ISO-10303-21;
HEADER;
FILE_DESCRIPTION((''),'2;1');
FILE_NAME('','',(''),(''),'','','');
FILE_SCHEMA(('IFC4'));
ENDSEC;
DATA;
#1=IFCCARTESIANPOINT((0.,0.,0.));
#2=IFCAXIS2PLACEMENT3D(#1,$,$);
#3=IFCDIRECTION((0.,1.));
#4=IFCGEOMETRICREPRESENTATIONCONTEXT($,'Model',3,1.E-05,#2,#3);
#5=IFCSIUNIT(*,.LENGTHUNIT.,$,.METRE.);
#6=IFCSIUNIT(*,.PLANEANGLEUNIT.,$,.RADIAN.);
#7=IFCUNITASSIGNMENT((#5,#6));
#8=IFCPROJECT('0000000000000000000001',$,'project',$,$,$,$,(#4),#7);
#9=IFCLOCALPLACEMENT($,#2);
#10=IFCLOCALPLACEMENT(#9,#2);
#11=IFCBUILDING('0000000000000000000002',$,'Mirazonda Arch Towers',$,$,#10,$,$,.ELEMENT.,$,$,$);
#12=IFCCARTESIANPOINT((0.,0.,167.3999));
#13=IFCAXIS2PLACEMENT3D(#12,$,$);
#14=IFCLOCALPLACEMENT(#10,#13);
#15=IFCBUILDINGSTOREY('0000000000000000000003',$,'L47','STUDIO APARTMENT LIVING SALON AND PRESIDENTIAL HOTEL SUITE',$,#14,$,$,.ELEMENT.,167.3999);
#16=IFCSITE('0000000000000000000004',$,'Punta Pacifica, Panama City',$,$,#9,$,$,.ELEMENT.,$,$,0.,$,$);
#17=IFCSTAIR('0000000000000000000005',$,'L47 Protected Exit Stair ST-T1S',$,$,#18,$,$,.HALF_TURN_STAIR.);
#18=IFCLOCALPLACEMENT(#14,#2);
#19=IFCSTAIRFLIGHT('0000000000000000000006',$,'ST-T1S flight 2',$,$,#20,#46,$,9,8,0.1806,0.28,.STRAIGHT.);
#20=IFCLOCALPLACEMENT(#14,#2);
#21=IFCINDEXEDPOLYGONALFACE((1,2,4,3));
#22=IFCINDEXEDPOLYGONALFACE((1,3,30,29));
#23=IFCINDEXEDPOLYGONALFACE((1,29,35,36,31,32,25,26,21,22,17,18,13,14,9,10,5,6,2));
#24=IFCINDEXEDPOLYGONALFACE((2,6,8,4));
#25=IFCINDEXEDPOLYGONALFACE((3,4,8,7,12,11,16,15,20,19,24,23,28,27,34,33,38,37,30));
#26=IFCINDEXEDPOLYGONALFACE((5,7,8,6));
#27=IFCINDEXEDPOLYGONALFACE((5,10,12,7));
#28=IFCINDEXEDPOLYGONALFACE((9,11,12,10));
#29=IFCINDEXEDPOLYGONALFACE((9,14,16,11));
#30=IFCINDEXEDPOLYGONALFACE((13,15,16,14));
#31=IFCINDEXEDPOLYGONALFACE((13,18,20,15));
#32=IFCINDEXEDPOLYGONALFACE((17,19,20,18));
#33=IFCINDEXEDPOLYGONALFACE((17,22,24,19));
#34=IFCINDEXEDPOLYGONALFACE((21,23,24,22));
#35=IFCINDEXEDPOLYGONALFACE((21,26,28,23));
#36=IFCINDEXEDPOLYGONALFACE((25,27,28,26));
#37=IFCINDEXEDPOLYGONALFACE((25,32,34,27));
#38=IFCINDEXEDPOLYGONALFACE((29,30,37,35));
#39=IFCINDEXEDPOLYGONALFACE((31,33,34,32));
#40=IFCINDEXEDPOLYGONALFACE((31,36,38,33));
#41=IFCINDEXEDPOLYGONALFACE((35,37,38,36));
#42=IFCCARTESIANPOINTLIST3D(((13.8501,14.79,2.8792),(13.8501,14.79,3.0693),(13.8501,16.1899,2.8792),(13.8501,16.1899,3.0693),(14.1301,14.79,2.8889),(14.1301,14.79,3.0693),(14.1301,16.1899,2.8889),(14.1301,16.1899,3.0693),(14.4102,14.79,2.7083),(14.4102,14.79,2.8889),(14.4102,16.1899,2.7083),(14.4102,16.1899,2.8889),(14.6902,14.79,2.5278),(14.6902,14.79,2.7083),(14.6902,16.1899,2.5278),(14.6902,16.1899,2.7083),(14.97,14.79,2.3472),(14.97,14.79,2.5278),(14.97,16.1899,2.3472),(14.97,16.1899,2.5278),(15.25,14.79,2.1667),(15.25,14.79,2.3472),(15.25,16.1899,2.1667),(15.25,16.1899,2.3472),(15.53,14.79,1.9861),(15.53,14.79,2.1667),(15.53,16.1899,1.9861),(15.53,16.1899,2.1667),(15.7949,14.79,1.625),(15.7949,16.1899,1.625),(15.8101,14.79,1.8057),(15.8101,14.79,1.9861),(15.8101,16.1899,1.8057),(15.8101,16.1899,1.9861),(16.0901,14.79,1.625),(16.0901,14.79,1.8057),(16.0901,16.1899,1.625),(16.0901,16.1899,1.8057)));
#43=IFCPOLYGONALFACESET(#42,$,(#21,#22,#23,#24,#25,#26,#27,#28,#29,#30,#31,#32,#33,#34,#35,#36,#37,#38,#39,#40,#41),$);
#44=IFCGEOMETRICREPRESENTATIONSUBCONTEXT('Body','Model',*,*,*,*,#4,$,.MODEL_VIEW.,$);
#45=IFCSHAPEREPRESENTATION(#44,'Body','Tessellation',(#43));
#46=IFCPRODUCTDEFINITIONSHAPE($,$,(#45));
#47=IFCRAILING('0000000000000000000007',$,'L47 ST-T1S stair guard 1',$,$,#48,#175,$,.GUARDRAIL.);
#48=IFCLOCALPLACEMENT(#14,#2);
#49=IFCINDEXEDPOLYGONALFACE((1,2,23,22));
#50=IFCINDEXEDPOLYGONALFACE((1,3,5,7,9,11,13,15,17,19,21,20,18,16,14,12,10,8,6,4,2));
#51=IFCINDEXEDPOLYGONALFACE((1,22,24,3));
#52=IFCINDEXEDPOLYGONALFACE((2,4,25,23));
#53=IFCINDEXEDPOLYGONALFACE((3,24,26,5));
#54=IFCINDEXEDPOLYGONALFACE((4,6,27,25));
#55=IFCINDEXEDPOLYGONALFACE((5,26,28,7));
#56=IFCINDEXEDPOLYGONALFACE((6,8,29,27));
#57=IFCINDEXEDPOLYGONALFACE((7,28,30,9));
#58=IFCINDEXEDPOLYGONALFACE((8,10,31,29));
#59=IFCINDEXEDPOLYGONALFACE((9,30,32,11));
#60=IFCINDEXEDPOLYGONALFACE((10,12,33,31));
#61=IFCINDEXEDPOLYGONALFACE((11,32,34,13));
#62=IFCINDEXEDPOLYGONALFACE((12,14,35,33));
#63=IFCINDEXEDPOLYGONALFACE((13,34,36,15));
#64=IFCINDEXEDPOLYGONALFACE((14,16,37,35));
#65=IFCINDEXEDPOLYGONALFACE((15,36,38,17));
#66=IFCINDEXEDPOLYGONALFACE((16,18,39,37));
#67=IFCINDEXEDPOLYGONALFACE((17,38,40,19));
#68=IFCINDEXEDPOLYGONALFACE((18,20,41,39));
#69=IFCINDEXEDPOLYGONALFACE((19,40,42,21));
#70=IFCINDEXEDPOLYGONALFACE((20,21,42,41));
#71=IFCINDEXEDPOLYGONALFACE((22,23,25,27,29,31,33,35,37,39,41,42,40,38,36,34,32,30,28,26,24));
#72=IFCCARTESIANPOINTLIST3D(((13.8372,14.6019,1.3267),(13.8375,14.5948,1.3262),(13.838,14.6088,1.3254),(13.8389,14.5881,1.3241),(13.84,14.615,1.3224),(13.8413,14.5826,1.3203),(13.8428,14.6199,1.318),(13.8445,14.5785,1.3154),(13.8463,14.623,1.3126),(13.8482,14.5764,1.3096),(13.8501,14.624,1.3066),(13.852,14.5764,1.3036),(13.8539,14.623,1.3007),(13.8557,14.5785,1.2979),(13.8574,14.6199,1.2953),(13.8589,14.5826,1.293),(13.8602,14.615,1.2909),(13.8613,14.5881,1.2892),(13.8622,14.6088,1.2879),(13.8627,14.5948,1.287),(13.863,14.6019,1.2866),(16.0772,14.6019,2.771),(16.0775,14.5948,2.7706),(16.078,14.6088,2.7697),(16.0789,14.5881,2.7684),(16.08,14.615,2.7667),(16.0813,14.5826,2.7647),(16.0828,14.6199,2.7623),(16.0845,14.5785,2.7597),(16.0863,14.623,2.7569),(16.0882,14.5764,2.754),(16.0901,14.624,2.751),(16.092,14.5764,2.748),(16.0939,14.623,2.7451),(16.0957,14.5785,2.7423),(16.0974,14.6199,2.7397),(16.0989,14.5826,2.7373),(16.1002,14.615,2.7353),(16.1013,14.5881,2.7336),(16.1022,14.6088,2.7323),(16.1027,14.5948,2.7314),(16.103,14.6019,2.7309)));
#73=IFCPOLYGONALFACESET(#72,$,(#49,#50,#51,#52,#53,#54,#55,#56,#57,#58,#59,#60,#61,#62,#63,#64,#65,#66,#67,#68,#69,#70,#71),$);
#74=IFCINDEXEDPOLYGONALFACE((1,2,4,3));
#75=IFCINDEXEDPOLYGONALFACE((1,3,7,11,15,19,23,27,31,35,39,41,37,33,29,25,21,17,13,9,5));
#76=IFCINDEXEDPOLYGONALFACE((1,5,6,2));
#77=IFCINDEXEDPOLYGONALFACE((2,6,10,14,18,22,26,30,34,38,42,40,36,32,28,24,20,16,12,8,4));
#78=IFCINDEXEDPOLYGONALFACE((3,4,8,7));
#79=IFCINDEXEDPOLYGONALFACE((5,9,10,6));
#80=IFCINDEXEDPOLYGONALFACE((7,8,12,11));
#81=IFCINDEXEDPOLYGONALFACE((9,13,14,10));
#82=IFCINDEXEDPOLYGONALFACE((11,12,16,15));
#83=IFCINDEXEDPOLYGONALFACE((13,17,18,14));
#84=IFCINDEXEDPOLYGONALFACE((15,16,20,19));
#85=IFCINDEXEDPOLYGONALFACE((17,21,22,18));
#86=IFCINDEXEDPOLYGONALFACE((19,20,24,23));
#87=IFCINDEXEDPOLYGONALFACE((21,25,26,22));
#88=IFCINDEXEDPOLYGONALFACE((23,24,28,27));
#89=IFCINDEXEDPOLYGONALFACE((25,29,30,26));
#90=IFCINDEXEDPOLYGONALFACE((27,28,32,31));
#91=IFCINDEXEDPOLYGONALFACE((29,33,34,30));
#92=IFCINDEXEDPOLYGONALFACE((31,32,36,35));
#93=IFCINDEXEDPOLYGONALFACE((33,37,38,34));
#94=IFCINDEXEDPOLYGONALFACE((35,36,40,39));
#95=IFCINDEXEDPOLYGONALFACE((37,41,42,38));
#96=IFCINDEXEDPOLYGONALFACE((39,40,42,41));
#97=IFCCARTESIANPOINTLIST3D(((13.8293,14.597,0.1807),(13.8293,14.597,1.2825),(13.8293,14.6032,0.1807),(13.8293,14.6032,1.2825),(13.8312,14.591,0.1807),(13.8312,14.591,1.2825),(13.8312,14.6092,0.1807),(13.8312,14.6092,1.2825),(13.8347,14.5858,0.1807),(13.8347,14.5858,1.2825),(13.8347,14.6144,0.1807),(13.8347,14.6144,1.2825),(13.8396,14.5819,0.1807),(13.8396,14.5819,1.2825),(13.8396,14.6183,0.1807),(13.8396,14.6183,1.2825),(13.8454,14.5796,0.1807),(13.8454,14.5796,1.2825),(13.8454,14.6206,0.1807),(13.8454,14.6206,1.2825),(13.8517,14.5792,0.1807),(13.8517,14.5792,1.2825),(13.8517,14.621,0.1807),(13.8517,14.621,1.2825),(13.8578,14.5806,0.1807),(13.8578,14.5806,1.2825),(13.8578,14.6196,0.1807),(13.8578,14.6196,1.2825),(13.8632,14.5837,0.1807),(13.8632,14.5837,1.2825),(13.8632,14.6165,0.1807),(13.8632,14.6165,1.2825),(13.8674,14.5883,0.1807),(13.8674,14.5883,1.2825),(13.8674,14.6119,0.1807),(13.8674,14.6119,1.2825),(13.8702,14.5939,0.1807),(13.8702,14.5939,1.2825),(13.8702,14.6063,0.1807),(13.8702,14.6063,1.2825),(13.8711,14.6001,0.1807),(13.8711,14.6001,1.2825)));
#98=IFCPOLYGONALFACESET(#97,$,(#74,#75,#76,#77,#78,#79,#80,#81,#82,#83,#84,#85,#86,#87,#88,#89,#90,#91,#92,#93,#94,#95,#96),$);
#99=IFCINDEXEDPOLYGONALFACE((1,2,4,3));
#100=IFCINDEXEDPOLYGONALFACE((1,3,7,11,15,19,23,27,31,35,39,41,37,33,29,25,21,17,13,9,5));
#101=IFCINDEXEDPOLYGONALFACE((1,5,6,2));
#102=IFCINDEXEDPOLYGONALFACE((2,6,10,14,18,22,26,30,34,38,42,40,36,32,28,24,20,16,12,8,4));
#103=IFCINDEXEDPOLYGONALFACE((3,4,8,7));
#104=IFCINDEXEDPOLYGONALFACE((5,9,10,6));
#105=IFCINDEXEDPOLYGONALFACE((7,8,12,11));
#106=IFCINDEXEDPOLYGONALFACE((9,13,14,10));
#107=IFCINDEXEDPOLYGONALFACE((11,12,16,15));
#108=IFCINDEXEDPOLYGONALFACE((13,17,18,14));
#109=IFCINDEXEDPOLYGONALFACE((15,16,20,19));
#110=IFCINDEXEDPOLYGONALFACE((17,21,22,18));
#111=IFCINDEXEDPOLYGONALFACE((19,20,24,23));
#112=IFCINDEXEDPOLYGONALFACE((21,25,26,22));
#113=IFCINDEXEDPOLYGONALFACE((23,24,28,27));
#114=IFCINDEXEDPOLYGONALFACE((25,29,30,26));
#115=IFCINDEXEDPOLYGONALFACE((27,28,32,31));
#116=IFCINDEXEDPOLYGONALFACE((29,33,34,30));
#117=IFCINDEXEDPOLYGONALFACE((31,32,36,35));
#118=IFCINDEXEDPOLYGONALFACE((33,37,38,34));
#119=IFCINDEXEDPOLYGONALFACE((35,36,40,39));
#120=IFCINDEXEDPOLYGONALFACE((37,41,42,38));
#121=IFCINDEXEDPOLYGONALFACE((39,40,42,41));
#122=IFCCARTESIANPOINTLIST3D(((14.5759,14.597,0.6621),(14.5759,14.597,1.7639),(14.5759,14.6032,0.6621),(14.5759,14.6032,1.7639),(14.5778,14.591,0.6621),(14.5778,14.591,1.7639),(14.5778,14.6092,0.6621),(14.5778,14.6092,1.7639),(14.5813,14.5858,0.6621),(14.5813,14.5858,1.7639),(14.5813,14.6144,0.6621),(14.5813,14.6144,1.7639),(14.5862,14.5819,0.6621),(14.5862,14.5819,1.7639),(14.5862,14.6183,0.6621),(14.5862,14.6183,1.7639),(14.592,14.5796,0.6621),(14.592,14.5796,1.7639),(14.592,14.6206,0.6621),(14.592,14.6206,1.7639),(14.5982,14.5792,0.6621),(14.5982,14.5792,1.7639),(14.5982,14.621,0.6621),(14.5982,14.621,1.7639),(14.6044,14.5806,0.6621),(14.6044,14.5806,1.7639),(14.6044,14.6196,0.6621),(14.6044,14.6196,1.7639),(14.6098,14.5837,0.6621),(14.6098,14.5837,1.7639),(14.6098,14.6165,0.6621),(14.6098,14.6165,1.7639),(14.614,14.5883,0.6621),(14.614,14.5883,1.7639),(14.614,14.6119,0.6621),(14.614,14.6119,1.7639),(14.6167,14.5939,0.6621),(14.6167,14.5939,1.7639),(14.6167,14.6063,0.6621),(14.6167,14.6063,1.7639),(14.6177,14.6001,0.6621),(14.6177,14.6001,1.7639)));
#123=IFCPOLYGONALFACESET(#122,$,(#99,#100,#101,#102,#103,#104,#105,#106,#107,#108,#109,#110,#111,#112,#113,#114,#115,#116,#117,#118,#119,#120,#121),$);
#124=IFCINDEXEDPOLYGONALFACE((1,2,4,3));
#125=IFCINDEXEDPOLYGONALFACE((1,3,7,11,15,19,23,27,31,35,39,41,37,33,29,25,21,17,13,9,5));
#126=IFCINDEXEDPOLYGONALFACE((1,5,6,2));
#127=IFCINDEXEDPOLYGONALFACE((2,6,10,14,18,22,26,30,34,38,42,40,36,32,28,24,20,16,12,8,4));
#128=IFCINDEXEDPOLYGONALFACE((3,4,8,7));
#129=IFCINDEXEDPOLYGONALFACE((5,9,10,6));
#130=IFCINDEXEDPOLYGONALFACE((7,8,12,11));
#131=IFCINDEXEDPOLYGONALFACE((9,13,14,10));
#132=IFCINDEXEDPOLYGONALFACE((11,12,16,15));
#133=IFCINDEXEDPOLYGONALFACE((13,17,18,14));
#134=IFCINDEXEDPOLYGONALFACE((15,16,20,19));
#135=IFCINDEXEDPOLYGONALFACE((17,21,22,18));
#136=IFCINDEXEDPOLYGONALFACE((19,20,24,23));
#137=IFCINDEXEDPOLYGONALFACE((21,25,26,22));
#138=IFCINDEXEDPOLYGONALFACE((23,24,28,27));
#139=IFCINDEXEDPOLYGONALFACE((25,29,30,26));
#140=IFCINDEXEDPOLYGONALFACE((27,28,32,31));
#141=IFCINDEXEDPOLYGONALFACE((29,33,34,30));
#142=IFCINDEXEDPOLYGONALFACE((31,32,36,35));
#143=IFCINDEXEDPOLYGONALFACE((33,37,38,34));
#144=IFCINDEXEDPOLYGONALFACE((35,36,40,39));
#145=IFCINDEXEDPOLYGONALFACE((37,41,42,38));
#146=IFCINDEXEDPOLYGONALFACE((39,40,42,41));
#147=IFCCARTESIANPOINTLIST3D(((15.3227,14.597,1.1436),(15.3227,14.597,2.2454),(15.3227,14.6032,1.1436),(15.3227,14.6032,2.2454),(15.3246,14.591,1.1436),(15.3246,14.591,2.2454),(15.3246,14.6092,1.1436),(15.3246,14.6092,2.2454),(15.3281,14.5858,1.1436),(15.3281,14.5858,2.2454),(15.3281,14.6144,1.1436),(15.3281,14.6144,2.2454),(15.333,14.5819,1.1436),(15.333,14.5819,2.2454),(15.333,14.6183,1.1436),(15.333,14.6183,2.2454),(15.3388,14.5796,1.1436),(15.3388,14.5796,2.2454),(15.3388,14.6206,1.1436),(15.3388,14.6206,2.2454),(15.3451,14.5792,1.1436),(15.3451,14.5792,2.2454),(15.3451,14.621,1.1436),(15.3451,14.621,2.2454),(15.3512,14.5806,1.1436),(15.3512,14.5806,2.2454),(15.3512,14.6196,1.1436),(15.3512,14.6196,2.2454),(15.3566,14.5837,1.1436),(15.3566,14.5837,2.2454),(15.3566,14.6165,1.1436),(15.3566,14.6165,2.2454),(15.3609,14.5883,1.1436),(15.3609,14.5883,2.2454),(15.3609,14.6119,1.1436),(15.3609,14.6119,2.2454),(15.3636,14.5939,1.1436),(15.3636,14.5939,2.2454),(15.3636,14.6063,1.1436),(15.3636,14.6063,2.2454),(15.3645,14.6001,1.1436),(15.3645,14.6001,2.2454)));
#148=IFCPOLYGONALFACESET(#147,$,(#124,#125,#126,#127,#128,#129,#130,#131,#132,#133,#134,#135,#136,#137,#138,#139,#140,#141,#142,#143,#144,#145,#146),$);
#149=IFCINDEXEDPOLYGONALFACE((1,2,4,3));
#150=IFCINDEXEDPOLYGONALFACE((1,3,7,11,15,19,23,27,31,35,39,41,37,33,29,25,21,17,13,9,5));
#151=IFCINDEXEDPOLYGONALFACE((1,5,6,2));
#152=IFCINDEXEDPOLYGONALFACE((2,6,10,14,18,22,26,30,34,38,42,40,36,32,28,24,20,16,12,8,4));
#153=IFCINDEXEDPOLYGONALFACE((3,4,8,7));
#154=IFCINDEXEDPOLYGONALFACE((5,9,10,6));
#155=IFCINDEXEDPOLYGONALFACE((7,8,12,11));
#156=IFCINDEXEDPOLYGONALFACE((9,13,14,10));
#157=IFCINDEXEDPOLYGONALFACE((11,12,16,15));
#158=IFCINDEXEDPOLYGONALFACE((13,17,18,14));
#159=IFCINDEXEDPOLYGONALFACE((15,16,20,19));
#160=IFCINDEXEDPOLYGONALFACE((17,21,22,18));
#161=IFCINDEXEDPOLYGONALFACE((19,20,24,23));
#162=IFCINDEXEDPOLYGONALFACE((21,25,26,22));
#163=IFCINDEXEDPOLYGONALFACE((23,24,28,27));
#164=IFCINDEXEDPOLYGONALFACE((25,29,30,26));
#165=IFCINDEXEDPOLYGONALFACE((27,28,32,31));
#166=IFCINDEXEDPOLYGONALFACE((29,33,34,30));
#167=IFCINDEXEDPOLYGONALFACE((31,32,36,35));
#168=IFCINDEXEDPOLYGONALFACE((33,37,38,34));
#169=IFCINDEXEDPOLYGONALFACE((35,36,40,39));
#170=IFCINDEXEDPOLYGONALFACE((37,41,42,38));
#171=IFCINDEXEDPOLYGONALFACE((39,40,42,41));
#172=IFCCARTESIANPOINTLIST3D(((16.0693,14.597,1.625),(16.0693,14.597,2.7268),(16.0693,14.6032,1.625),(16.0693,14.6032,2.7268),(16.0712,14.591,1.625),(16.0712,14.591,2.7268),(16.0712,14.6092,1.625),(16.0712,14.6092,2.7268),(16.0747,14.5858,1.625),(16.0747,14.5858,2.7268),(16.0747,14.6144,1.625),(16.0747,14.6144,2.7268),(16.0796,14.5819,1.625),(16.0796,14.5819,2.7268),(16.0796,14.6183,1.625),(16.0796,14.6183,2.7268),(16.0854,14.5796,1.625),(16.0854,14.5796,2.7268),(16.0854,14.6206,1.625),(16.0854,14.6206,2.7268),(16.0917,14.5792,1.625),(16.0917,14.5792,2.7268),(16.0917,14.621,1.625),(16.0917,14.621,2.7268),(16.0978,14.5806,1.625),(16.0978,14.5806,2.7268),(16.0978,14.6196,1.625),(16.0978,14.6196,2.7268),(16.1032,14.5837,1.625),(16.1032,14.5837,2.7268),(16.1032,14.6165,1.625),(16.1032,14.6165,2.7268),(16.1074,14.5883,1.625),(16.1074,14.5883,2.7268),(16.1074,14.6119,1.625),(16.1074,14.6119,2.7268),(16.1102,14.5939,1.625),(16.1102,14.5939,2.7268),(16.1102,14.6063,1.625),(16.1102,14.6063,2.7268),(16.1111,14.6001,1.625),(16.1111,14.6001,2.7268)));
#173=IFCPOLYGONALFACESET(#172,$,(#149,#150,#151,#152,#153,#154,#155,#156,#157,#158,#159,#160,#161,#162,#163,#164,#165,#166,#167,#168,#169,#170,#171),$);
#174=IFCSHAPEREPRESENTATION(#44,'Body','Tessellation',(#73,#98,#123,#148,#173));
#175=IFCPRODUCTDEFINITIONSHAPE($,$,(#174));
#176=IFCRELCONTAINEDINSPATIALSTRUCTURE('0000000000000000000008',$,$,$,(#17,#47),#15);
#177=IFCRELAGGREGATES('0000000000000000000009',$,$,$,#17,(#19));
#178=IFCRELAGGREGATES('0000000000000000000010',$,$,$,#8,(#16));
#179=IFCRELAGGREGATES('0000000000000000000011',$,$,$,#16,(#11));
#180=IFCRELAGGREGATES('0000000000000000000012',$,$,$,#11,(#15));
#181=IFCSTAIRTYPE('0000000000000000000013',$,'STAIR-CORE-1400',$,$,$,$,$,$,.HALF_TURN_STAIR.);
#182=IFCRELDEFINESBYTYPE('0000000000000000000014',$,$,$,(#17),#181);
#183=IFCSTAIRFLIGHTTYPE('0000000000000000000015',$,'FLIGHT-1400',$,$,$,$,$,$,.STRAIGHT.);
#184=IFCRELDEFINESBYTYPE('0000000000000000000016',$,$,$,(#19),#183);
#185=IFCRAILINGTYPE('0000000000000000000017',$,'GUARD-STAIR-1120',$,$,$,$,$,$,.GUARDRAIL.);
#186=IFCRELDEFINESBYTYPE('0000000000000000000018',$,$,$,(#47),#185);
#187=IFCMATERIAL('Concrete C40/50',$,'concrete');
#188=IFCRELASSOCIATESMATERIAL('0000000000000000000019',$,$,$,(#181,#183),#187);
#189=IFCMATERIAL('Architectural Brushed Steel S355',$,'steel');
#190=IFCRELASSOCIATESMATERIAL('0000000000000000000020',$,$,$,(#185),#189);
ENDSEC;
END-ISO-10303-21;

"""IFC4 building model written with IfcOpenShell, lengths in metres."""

from ifc_helpers import new_model, si_unit, direction, frame, origin, origin_2d, place, context, subcontext, project, spatial, polyline, circle, outline, extrude, material, type_object, element, aggregate, save


model = new_model("IFC4")

# Units and contexts
model_context = context("Model", 3, precision=1e-05, world=origin(), true_north=direction((0.0, 1.0)))
body_context = subcontext(model_context, "Body", "Model", "MODEL_VIEW")
ifc_project = project(units=[si_unit("LENGTHUNIT", "METRE"), si_unit("PLANEANGLEUNIT", "RADIAN")], contexts=[model_context])

# Site, building, storey
site_placement = place(None, origin())
site = spatial("IfcSite", under=ifc_project, at=site_placement, Name="Punta Pacifica, Panama City", CompositionType="ELEMENT", RefElevation=0.0)
building_placement = place(site_placement, origin())
building = spatial("IfcBuilding", under=site, at=building_placement, Name="Mirazonda Arch Towers", CompositionType="ELEMENT")
storey_placement = place(building_placement, frame((0.0, 0.0, 167.3999)))
storey = spatial("IfcBuildingStorey", under=building, at=storey_placement, Name="L47", Description="STUDIO APARTMENT LIVING SALON AND PRESIDENTIAL HOTEL SUITE", CompositionType="ELEMENT", Elevation=167.3999)

# Shared definitions
ifc_material_1 = material(Name="Concrete C40/50", Category="concrete")

# Shared definitions
ifc_material_2 = material(Name="Architectural Brushed Steel S355", Category="steel")

# Stair, stair flight
stair_type = type_object("IfcStairType", Name="STAIR-CORE-1400", PredefinedType="HALF_TURN_STAIR", material=ifc_material_1)
stair_placement = place(storey_placement, origin())
stair = element("IfcStair", 1, at=stair_placement, inside=storey, type_object=stair_type, Name="L47 Protected Exit Stair ST-T1S", PredefinedType="HALF_TURN_STAIR")
stair_flight_type = type_object("IfcStairFlightType", Name="FLIGHT-1400", PredefinedType="STRAIGHT", material=ifc_material_1)
stair_flight_placement = place(storey_placement, frame((16.0901, 15.49, 1.625), z_axis=(0.0, 0.0, 1.0), x_axis=(-1.0, 0.0, 0.0)))
stair_flight = element("IfcStairFlight", 2, at=stair_flight_placement, type_object=stair_flight_type, Name="ST-T1S flight 2", NumberOfRisers=9, NumberOfTreads=8, PredefinedType="STRAIGHT", RiserHeight=0.1806, TreadLength=0.28, context=body_context, shape_type="SweptSolid", body=[
    extrude(outline(polyline([(0.0, 0.0), (0.0, 0.1807), (0.28, 0.1807), (0.28, 0.3611), (0.5601, 0.3611), (0.5601, 0.5417), (0.8401, 0.5417), (0.8401, 0.7222), (1.1201, 0.7222), (1.1201, 0.9028), (1.3999, 0.9028), (1.3999, 1.0833), (1.6799, 1.0833), (1.6799, 1.2639), (1.96, 1.2639), (1.96, 1.4443), (2.24, 1.4443), (2.24, 1.625), (2.24, 1.2542), (0.2952, 0.0), (0.0, 0.0)])), frame((0.0, 0.7, 0.0), z_axis=(0.0, -1.0, 0.0), x_axis=(1.0, 0.0, 0.0)), (0.0, 0.0, 1.0), 1.3999),
])
aggregate(stair, [stair_flight])

# Railing
railing_type_1 = type_object("IfcRailingType", Name="GUARD-STAIR-1120", PredefinedType="GUARDRAIL", material=ifc_material_2)
railing_1_placement = place(storey_placement, frame((13.8501, 14.6001, 0.1807)))
element("IfcRailing", 3, at=railing_1_placement, inside=storey, type_object=railing_type_1, Name="L47 ST-T1S stair guard 1", PredefinedType="GUARDRAIL", context=body_context, shape_type="SweptSolid", body=[
    extrude(circle(Radius=0.0239, at=origin_2d()), frame((0.0, 0.0, 1.126), z_axis=(0.840437, 0.0, 0.54191), x_axis=(0.0, 1.0, 0.0)), (0.0, 0.0, 1.0), 2.6653),
    extrude(circle(Radius=0.021, at=origin_2d()), origin(), (0.0, 0.0, 1.0), 1.1018),
    extrude(circle(Radius=0.021, at=origin_2d()), frame((0.7466, 0.0, 0.4814)), (0.0, 0.0, 1.0), 1.1018),
    extrude(circle(Radius=0.021, at=origin_2d()), frame((1.4934, 0.0, 0.9629)), (0.0, 0.0, 1.0), 1.1018),
    extrude(circle(Radius=0.021, at=origin_2d()), frame((2.24, 0.0, 1.4443)), (0.0, 0.0, 1.0), 1.1018),
])

save(model, "model.ifc")
